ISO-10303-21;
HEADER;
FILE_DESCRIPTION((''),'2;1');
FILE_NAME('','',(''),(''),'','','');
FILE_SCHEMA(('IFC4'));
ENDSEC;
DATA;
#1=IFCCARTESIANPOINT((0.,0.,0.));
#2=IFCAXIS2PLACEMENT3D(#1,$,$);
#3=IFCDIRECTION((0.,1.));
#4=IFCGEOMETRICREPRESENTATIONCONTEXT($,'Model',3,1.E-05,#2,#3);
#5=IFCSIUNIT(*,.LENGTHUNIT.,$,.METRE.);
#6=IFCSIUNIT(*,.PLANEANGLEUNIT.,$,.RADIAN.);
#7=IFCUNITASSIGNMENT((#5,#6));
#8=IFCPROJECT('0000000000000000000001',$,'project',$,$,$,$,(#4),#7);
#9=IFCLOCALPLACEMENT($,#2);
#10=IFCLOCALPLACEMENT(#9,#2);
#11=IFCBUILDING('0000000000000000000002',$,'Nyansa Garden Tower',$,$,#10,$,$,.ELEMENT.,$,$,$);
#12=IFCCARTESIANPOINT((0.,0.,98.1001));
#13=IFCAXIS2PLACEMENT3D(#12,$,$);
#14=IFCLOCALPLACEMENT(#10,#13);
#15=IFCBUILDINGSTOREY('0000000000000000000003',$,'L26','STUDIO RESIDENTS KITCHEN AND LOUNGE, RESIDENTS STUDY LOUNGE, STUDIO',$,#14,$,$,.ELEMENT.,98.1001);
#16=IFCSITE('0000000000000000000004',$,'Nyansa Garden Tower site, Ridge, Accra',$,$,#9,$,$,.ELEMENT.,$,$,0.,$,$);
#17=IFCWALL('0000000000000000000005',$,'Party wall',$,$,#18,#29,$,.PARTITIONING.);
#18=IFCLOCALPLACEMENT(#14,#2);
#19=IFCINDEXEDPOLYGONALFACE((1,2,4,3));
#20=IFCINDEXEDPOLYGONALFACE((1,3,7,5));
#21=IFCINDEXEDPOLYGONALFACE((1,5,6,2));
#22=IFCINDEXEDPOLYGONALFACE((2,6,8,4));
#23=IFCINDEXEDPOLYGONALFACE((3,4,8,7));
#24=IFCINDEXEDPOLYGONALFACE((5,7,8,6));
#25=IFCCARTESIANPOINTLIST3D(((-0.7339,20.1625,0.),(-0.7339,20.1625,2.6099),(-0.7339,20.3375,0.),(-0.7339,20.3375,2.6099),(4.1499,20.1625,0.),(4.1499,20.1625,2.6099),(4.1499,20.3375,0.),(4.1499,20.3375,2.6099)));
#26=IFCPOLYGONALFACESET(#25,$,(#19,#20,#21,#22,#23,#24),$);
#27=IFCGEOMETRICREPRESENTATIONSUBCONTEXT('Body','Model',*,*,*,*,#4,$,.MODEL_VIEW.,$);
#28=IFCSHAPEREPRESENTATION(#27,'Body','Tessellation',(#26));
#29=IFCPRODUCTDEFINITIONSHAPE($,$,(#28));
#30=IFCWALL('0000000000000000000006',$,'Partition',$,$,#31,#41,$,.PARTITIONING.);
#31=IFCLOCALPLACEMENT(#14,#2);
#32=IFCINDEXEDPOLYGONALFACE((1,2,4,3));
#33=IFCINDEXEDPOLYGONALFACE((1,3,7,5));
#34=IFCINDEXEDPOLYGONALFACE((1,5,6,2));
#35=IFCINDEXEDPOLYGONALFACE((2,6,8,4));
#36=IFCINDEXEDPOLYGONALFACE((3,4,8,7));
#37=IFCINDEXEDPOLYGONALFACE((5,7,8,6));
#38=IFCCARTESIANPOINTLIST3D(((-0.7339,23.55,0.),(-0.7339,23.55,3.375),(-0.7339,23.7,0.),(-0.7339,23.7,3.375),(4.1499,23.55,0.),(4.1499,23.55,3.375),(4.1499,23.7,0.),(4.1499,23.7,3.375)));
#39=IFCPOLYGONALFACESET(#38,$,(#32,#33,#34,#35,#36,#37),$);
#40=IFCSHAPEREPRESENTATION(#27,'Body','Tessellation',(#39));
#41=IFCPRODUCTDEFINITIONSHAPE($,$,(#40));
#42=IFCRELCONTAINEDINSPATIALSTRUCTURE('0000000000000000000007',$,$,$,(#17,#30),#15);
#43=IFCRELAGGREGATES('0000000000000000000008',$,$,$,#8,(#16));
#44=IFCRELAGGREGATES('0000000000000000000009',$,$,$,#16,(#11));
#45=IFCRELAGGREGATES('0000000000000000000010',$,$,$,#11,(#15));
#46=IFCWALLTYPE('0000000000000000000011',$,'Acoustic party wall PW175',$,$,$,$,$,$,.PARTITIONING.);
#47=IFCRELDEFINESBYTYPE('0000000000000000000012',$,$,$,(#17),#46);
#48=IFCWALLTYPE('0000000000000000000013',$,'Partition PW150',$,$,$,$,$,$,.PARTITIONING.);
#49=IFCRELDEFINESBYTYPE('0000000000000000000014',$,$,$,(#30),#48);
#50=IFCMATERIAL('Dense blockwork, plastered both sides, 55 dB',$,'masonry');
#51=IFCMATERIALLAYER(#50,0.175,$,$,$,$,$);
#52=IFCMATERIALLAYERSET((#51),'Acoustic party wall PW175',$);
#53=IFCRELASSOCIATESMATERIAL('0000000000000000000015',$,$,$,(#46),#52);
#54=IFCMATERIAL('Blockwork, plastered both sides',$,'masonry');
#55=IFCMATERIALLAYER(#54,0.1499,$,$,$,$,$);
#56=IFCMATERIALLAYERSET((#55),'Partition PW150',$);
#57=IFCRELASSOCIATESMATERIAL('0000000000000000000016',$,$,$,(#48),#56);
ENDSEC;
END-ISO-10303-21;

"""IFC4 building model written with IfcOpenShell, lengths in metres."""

from ifc_helpers import new_model, si_unit, direction, frame, frame_2d, origin, place, context, subcontext, project, spatial, rectangle, extrude, material, layer, layer_set, type_object, element, save


model = new_model("IFC4")

# Units and contexts
model_context = context("Model", 3, precision=1e-05, world=origin(), true_north=direction((0.0, 1.0)))
body_context = subcontext(model_context, "Body", "Model", "MODEL_VIEW")
ifc_project = project(units=[si_unit("LENGTHUNIT", "METRE"), si_unit("PLANEANGLEUNIT", "RADIAN")], contexts=[model_context])

# Site, building, storey
site_placement = place(None, origin())
site = spatial("IfcSite", under=ifc_project, at=site_placement, Name="Nyansa Garden Tower site, Ridge, Accra", CompositionType="ELEMENT", RefElevation=0.0)
building_placement = place(site_placement, origin())
building = spatial("IfcBuilding", under=site, at=building_placement, Name="Nyansa Garden Tower", CompositionType="ELEMENT")
storey_placement = place(building_placement, frame((0.0, 0.0, 98.1001)))
storey = spatial("IfcBuildingStorey", under=building, at=storey_placement, Name="L26", Description="STUDIO RESIDENTS KITCHEN AND LOUNGE, RESIDENTS STUDY LOUNGE, STUDIO", CompositionType="ELEMENT", Elevation=98.1001)

# Walls
ifc_material_1 = material(Name="Dense blockwork, plastered both sides, 55 dB", Category="masonry")
ifc_layer_1 = layer(ifc_material_1, 0.175)
ifc_layer_set_1 = layer_set([ifc_layer_1], Name="Acoustic party wall PW175")
wall_type_1 = type_object("IfcWallType", Name="Acoustic party wall PW175", PredefinedType="PARTITIONING", material=ifc_layer_set_1)
wall_1_placement = place(storey_placement, frame((-0.7339, 20.25, 0.0), z_axis=(0.0, 0.0, 1.0), x_axis=(1.0, 0.0, 0.0)))
element("IfcWall", 1, at=wall_1_placement, inside=storey, type_object=wall_type_1, Name="Party wall", PredefinedType="PARTITIONING", context=body_context, shape_type="SweptSolid", body=[
    extrude(rectangle(XDim=4.8838, YDim=0.175, at=frame_2d((2.4419, 0.0))), origin(), (0.0, 0.0, 1.0), 2.6099),
])
ifc_material_2 = material(Name="Blockwork, plastered both sides", Category="masonry")
ifc_layer_2 = layer(ifc_material_2, 0.1499)
ifc_layer_set_2 = layer_set([ifc_layer_2], Name="Partition PW150")
wall_type_2 = type_object("IfcWallType", Name="Partition PW150", PredefinedType="PARTITIONING", material=ifc_layer_set_2)
wall_2_placement = place(storey_placement, frame((-0.7339, 23.625, 0.0), z_axis=(0.0, 0.0, 1.0), x_axis=(1.0, 0.0, 0.0)))
element("IfcWall", 2, at=wall_2_placement, inside=storey, type_object=wall_type_2, Name="Partition", PredefinedType="PARTITIONING", context=body_context, shape_type="SweptSolid", body=[
    extrude(rectangle(XDim=4.8838, YDim=0.1499, at=frame_2d((2.4419, 0.0))), origin(), (0.0, 0.0, 1.0), 3.375),
])

save(model, "model.ifc")
